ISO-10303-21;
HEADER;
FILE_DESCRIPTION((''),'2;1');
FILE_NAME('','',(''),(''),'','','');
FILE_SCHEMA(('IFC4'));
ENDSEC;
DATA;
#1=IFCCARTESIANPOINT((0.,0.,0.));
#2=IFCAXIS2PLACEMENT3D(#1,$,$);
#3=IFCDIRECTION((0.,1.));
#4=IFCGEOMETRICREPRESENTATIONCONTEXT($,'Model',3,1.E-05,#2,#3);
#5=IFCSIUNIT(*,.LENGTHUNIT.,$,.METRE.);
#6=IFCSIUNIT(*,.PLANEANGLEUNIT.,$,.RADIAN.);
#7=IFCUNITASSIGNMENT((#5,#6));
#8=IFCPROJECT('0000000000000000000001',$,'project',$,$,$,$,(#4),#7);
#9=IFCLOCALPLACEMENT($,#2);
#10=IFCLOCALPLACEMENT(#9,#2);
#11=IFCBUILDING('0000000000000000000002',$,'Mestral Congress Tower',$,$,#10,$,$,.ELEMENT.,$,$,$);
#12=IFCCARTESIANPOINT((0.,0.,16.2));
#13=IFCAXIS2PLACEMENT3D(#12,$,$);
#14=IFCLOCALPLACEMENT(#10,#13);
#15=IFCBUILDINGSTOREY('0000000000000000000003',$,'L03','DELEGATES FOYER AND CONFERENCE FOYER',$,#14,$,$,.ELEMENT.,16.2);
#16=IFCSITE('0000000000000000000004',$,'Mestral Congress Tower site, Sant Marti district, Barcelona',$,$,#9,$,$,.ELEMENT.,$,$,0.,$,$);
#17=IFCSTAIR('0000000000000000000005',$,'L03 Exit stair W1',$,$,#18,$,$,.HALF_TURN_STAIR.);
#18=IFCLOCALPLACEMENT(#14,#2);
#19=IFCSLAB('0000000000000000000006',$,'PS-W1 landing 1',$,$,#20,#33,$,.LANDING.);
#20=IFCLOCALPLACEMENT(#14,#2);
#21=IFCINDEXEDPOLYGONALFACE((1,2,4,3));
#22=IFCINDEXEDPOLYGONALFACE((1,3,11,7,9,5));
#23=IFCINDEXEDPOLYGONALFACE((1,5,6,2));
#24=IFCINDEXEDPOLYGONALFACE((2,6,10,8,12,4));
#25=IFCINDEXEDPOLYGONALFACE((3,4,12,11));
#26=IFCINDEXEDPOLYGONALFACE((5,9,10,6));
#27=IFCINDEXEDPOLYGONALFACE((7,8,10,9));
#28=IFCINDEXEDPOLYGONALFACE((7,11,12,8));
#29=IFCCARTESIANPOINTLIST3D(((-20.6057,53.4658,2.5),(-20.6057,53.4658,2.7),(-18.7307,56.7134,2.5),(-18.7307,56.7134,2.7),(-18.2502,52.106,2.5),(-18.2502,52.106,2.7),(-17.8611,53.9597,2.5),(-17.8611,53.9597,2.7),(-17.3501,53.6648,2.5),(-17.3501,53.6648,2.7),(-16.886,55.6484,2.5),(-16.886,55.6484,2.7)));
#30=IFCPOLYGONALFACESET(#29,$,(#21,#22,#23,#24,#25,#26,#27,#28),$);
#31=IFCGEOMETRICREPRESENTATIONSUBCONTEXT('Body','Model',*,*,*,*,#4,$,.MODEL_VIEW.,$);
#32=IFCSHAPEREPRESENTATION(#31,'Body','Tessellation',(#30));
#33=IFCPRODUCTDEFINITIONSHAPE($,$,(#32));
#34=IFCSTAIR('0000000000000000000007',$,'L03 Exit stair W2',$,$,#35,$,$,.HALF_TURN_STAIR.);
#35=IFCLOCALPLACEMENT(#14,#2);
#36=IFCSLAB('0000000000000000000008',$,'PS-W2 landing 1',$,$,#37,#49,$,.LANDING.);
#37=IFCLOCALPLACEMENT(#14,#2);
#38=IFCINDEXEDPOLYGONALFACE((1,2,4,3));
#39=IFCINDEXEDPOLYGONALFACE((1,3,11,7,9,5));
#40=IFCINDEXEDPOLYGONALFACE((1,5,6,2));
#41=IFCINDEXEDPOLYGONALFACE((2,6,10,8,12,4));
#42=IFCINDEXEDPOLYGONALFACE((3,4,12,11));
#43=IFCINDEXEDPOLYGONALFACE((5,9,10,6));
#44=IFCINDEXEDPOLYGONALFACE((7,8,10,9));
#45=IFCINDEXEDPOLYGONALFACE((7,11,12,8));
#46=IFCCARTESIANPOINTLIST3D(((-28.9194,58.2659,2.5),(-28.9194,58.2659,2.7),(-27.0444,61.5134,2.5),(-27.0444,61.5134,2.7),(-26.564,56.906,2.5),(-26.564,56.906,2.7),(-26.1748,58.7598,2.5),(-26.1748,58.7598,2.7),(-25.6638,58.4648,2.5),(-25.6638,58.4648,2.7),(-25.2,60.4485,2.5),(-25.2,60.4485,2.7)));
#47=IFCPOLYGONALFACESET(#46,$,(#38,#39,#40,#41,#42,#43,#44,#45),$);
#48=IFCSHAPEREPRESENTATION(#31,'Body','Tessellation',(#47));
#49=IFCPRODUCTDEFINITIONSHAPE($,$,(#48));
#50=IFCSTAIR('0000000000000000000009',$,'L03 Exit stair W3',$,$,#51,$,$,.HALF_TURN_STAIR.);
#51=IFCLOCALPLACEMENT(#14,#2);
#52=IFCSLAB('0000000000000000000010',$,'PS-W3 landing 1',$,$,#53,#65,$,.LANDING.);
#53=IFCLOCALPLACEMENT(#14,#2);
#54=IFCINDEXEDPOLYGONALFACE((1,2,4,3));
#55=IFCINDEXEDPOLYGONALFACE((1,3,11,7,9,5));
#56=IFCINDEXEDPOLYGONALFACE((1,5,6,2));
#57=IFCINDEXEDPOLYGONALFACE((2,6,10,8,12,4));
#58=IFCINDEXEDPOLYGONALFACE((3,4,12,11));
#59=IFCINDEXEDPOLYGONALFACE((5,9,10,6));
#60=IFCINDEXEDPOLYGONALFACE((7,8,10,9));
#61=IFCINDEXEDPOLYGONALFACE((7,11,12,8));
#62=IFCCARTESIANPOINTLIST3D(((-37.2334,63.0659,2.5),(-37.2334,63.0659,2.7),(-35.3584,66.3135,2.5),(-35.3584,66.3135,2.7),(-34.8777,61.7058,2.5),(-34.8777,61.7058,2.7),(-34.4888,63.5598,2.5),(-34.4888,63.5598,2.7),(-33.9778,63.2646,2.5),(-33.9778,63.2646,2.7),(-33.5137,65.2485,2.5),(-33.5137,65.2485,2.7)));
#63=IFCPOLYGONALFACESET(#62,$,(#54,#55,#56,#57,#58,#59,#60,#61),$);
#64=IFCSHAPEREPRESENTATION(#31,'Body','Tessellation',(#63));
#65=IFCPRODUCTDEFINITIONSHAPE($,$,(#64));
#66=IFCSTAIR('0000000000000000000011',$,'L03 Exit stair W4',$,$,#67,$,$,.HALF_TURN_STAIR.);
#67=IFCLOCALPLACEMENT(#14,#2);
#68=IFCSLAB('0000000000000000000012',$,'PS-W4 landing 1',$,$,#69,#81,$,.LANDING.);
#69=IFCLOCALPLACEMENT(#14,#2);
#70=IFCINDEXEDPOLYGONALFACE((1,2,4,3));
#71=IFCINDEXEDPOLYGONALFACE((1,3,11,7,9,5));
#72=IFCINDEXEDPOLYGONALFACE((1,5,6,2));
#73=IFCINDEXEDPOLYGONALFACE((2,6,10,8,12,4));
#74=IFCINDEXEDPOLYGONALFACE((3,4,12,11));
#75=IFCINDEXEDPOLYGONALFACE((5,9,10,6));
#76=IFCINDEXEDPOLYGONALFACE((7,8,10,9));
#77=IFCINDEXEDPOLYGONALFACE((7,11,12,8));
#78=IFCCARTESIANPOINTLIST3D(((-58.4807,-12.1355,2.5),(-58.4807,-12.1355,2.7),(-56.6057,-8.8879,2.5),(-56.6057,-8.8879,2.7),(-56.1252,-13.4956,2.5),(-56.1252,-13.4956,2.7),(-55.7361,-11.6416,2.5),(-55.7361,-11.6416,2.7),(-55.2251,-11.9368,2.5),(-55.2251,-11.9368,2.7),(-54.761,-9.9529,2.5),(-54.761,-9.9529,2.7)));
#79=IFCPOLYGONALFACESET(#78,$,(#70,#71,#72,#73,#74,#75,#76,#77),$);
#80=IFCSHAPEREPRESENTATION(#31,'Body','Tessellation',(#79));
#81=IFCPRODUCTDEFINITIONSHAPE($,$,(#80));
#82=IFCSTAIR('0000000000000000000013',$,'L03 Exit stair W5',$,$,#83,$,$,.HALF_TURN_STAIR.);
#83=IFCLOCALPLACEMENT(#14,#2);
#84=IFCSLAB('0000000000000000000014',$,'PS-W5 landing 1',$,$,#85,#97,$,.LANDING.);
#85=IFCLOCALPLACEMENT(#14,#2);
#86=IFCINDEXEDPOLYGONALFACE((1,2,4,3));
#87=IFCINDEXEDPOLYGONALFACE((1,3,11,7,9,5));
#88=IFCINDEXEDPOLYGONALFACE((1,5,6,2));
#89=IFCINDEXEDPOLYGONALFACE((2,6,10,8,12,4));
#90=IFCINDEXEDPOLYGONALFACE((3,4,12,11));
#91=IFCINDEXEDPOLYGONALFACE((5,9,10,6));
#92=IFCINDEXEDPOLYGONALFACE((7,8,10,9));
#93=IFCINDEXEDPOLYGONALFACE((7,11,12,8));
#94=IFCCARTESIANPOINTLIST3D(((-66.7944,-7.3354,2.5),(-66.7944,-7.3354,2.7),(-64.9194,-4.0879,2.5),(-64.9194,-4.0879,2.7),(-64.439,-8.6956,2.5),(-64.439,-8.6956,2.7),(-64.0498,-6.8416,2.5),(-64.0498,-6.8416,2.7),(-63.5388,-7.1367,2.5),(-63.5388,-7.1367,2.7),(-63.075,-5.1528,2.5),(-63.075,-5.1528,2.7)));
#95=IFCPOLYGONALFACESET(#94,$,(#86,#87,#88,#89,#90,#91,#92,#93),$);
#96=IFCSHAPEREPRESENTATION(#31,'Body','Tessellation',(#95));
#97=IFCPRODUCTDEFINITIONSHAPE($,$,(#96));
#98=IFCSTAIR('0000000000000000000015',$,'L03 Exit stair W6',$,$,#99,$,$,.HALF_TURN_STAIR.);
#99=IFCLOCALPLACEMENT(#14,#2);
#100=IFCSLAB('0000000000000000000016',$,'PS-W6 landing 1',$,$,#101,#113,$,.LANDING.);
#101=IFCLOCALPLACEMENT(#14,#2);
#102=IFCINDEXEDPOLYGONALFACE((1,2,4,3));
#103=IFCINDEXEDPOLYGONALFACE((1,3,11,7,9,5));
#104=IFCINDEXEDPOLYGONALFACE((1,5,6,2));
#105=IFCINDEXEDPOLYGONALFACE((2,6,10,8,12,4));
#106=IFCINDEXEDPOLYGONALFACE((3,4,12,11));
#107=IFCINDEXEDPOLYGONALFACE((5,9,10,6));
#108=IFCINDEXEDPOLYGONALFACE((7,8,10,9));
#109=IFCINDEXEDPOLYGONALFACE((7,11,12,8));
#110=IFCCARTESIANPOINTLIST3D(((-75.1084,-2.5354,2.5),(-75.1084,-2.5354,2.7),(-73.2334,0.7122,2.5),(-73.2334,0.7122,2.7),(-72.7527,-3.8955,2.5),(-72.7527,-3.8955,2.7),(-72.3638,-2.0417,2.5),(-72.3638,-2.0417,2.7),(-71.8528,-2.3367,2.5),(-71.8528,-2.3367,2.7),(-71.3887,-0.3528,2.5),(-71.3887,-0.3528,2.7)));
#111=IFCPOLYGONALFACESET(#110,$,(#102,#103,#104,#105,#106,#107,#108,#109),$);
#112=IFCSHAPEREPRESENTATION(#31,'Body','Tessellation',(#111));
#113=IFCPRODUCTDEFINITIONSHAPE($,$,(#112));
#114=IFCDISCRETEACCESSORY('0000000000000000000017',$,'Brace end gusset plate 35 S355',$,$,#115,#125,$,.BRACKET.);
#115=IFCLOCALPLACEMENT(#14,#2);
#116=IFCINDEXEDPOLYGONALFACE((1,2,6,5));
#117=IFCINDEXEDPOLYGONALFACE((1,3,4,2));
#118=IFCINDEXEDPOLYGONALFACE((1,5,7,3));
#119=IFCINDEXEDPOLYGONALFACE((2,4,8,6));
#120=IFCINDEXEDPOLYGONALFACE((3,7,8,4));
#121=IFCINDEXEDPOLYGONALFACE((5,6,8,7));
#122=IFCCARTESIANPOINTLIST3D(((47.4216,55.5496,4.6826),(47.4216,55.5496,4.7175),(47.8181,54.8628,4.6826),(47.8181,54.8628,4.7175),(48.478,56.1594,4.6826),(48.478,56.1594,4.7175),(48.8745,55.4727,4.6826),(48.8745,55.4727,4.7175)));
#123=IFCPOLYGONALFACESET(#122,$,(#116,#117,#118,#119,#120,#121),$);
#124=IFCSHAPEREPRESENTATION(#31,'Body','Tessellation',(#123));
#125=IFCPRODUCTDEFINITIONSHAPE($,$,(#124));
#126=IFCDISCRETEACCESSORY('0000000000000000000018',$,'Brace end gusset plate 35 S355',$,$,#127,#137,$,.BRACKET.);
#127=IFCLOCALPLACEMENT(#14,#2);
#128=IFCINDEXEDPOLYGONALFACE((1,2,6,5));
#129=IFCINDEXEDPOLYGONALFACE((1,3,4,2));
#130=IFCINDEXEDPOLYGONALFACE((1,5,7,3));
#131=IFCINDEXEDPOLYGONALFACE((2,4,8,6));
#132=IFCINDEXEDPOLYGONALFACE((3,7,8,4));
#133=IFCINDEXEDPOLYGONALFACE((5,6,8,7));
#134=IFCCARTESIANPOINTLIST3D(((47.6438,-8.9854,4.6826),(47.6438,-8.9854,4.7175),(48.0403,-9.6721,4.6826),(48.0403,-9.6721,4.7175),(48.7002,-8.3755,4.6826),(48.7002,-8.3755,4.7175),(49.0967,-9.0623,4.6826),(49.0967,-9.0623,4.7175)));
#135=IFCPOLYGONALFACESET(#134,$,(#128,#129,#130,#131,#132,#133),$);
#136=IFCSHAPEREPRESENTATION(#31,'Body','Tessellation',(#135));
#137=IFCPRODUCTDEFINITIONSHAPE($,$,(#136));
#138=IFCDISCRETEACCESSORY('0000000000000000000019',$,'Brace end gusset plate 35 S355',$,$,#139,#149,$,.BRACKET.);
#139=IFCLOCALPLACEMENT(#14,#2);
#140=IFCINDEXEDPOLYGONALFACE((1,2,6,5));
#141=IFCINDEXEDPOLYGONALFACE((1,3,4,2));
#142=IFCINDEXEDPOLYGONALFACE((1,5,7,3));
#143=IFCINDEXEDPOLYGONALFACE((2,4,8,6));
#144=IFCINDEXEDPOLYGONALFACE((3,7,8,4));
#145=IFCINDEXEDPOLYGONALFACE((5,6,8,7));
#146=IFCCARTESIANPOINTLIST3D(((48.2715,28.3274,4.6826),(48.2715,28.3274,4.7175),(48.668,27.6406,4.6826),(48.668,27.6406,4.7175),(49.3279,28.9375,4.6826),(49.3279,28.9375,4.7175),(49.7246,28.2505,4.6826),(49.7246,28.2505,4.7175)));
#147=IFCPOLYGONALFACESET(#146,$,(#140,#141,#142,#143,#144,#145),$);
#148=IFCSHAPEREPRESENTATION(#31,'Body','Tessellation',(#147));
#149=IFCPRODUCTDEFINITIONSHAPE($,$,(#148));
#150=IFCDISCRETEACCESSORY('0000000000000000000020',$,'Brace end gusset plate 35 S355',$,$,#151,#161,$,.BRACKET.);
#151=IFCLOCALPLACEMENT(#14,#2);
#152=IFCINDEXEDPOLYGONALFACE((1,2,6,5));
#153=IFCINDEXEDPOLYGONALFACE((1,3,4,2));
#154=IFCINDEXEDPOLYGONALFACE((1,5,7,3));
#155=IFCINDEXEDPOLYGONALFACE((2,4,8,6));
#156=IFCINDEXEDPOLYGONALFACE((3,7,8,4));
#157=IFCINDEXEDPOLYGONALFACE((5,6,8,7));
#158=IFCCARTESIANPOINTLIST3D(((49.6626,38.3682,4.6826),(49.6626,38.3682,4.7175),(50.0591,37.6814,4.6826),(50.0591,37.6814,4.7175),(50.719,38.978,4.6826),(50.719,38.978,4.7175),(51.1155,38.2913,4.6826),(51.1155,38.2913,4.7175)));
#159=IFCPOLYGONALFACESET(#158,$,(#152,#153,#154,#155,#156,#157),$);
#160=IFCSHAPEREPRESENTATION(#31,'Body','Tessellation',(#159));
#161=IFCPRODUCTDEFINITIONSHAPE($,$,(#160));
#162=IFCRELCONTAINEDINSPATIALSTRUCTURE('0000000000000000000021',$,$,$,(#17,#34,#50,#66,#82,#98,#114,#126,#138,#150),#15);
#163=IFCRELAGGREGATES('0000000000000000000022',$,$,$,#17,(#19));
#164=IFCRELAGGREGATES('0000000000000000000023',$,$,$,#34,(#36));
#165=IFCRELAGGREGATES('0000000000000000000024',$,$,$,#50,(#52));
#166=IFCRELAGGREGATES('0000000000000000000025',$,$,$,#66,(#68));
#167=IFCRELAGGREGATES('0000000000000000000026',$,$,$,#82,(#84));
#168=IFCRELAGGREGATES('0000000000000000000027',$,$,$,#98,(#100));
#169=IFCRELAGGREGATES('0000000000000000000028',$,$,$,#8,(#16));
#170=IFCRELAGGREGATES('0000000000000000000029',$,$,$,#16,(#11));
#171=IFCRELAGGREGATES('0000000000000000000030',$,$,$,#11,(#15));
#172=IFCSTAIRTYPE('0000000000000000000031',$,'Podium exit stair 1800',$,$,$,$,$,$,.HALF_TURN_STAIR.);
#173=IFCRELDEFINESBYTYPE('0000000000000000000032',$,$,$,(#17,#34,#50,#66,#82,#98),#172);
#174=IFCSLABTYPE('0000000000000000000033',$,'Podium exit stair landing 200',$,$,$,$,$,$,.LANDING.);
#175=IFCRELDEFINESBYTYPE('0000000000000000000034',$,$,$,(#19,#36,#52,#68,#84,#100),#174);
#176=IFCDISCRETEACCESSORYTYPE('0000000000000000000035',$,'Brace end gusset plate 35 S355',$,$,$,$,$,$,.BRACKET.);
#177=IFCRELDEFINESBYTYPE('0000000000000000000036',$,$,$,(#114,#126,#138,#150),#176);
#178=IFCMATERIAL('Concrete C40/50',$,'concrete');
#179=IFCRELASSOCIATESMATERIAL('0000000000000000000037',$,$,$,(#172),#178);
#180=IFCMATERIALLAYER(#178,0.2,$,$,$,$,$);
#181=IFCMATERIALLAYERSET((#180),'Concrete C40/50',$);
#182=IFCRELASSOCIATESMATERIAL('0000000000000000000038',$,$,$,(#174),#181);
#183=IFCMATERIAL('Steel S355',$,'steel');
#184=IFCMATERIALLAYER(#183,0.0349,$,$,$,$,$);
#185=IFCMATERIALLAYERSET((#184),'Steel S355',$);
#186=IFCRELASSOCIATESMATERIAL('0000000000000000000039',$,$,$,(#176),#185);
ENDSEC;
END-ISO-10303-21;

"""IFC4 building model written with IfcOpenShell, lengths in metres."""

from ifc_helpers import new_model, si_unit, direction, frame, origin, place, context, subcontext, project, spatial, polyline, outline, extrude, material, layer, layer_set, type_object, element, aggregate, save


model = new_model("IFC4")

# Units and contexts
model_context = context("Model", 3, precision=1e-05, world=origin(), true_north=direction((0.0, 1.0)))
body_context = subcontext(model_context, "Body", "Model", "MODEL_VIEW")
ifc_project = project(units=[si_unit("LENGTHUNIT", "METRE"), si_unit("PLANEANGLEUNIT", "RADIAN")], contexts=[model_context])

# Site, building, storey
site_placement = place(None, origin())
site = spatial("IfcSite", under=ifc_project, at=site_placement, Name="Mestral Congress Tower site, Sant Marti district, Barcelona", CompositionType="ELEMENT", RefElevation=0.0)
building_placement = place(site_placement, origin())
building = spatial("IfcBuilding", under=site, at=building_placement, Name="Mestral Congress Tower", CompositionType="ELEMENT")
storey_placement = place(building_placement, frame((0.0, 0.0, 16.2)))
storey = spatial("IfcBuildingStorey", under=building, at=storey_placement, Name="L03", Description="DELEGATES FOYER AND CONFERENCE FOYER", CompositionType="ELEMENT", Elevation=16.2)

# Shared definitions
placement_1 = place(storey_placement, origin())
placement_2 = place(storey_placement, frame((0.0, 0.0, 2.5)))

# Stairs, slabs
ifc_material_1 = material(Name="Concrete C40/50", Category="concrete")
stair_type_1 = type_object("IfcStairType", Name="Podium exit stair 1800", PredefinedType="HALF_TURN_STAIR", material=ifc_material_1)
ifc_layer_1 = layer(ifc_material_1, 0.2)
ifc_layer_set_1 = layer_set([ifc_layer_1], Name="Concrete C40/50")
slab_type_1 = type_object("IfcSlabType", Name="Podium exit stair landing 200", PredefinedType="LANDING", material=ifc_layer_set_1)
stair_1 = element("IfcStair", 1, at=placement_1, inside=storey, type_object=stair_type_1, Name="L03 Exit stair W1", PredefinedType="HALF_TURN_STAIR")
slab_1 = element("IfcSlab", 2, at=placement_2, type_object=slab_type_1, Name="PS-W1 landing 1", PredefinedType="LANDING", context=body_context, shape_type="SweptSolid", body=[
    extrude(outline(polyline([(-17.3501, 53.6648), (-18.2502, 52.106), (-20.6057, 53.4658), (-18.7307, 56.7134), (-16.886, 55.6484), (-17.8611, 53.9597), (-17.3501, 53.6648)])), origin(), (0.0, 0.0, 1.0), 0.2),
])
aggregate(stair_1, [slab_1])
stair_2 = element("IfcStair", 3, at=placement_1, inside=storey, type_object=stair_type_1, Name="L03 Exit stair W2", PredefinedType="HALF_TURN_STAIR")
slab_2 = element("IfcSlab", 4, at=placement_2, type_object=slab_type_1, Name="PS-W2 landing 1", PredefinedType="LANDING", context=body_context, shape_type="SweptSolid", body=[
    extrude(outline(polyline([(-25.6638, 58.4648), (-26.564, 56.906), (-28.9194, 58.2659), (-27.0444, 61.5134), (-25.2, 60.4485), (-26.1748, 58.7598), (-25.6638, 58.4648)])), origin(), (0.0, 0.0, 1.0), 0.2),
])
aggregate(stair_2, [slab_2])
stair_3 = element("IfcStair", 5, at=placement_1, inside=storey, type_object=stair_type_1, Name="L03 Exit stair W3", PredefinedType="HALF_TURN_STAIR")
slab_3 = element("IfcSlab", 6, at=placement_2, type_object=slab_type_1, Name="PS-W3 landing 1", PredefinedType="LANDING", context=body_context, shape_type="SweptSolid", body=[
    extrude(outline(polyline([(-33.9778, 63.2646), (-34.8777, 61.7058), (-37.2334, 63.0659), (-35.3584, 66.3135), (-33.5137, 65.2485), (-34.4888, 63.5598), (-33.9778, 63.2646)])), origin(), (0.0, 0.0, 1.0), 0.2),
])
aggregate(stair_3, [slab_3])
stair_4 = element("IfcStair", 7, at=placement_1, inside=storey, type_object=stair_type_1, Name="L03 Exit stair W4", PredefinedType="HALF_TURN_STAIR")
slab_4 = element("IfcSlab", 8, at=placement_2, type_object=slab_type_1, Name="PS-W4 landing 1", PredefinedType="LANDING", context=body_context, shape_type="SweptSolid", body=[
    extrude(outline(polyline([(-55.2251, -11.9368), (-56.1252, -13.4956), (-58.4807, -12.1355), (-56.6057, -8.8879), (-54.761, -9.9529), (-55.7361, -11.6416), (-55.2251, -11.9368)])), origin(), (0.0, 0.0, 1.0), 0.2),
])
aggregate(stair_4, [slab_4])
stair_5 = element("IfcStair", 9, at=placement_1, inside=storey, type_object=stair_type_1, Name="L03 Exit stair W5", PredefinedType="HALF_TURN_STAIR")
slab_5 = element("IfcSlab", 10, at=placement_2, type_object=slab_type_1, Name="PS-W5 landing 1", PredefinedType="LANDING", context=body_context, shape_type="SweptSolid", body=[
    extrude(outline(polyline([(-63.5388, -7.1367), (-64.439, -8.6956), (-66.7944, -7.3354), (-64.9194, -4.0879), (-63.075, -5.1528), (-64.0498, -6.8416), (-63.5388, -7.1367)])), origin(), (0.0, 0.0, 1.0), 0.2),
])
aggregate(stair_5, [slab_5])
stair_6 = element("IfcStair", 11, at=placement_1, inside=storey, type_object=stair_type_1, Name="L03 Exit stair W6", PredefinedType="HALF_TURN_STAIR")
slab_6 = element("IfcSlab", 12, at=placement_2, type_object=slab_type_1, Name="PS-W6 landing 1", PredefinedType="LANDING", context=body_context, shape_type="SweptSolid", body=[
    extrude(outline(polyline([(-71.8528, -2.3367), (-72.7527, -3.8955), (-75.1084, -2.5354), (-73.2334, 0.7122), (-71.3887, -0.3528), (-72.3638, -2.0417), (-71.8528, -2.3367)])), origin(), (0.0, 0.0, 1.0), 0.2),
])
aggregate(stair_6, [slab_6])

# Discrete accessories
ifc_material_2 = material(Name="Steel S355", Category="steel")
ifc_layer_2 = layer(ifc_material_2, 0.0349)
ifc_layer_set_2 = layer_set([ifc_layer_2], Name="Steel S355")
discrete_accessory_type = type_object("IfcDiscreteAccessoryType", Name="Brace end gusset plate 35 S355", PredefinedType="BRACKET", material=ifc_layer_set_2)
placement_3 = place(storey_placement, frame((0.0, 0.0, 4.6826)))
element("IfcDiscreteAccessory", 13, at=placement_3, inside=storey, type_object=discrete_accessory_type, Name="Brace end gusset plate 35 S355", PredefinedType="BRACKET", context=body_context, shape_type="SweptSolid", body=[
    extrude(outline(polyline([(48.478, 56.1594), (47.4216, 55.5496), (47.8181, 54.8628), (48.8745, 55.4727), (48.478, 56.1594)])), origin(), (0.0, 0.0, 1.0), 0.0349),
])
element("IfcDiscreteAccessory", 14, at=placement_3, inside=storey, type_object=discrete_accessory_type, Name="Brace end gusset plate 35 S355", PredefinedType="BRACKET", context=body_context, shape_type="SweptSolid", body=[
    extrude(outline(polyline([(48.7002, -8.3755), (47.6438, -8.9854), (48.0403, -9.6721), (49.0967, -9.0623), (48.7002, -8.3755)])), origin(), (0.0, 0.0, 1.0), 0.0349),
])
element("IfcDiscreteAccessory", 15, at=placement_3, inside=storey, type_object=discrete_accessory_type, Name="Brace end gusset plate 35 S355", PredefinedType="BRACKET", context=body_context, shape_type="SweptSolid", body=[
    extrude(outline(polyline([(49.3279, 28.9375), (48.2715, 28.3274), (48.668, 27.6406), (49.7246, 28.2505), (49.3279, 28.9375)])), origin(), (0.0, 0.0, 1.0), 0.0349),
])
element("IfcDiscreteAccessory", 16, at=placement_3, inside=storey, type_object=discrete_accessory_type, Name="Brace end gusset plate 35 S355", PredefinedType="BRACKET", context=body_context, shape_type="SweptSolid", body=[
    extrude(outline(polyline([(50.719, 38.978), (49.6626, 38.3682), (50.0591, 37.6814), (51.1155, 38.2913), (50.719, 38.978)])), origin(), (0.0, 0.0, 1.0), 0.0349),
])

save(model, "model.ifc")
